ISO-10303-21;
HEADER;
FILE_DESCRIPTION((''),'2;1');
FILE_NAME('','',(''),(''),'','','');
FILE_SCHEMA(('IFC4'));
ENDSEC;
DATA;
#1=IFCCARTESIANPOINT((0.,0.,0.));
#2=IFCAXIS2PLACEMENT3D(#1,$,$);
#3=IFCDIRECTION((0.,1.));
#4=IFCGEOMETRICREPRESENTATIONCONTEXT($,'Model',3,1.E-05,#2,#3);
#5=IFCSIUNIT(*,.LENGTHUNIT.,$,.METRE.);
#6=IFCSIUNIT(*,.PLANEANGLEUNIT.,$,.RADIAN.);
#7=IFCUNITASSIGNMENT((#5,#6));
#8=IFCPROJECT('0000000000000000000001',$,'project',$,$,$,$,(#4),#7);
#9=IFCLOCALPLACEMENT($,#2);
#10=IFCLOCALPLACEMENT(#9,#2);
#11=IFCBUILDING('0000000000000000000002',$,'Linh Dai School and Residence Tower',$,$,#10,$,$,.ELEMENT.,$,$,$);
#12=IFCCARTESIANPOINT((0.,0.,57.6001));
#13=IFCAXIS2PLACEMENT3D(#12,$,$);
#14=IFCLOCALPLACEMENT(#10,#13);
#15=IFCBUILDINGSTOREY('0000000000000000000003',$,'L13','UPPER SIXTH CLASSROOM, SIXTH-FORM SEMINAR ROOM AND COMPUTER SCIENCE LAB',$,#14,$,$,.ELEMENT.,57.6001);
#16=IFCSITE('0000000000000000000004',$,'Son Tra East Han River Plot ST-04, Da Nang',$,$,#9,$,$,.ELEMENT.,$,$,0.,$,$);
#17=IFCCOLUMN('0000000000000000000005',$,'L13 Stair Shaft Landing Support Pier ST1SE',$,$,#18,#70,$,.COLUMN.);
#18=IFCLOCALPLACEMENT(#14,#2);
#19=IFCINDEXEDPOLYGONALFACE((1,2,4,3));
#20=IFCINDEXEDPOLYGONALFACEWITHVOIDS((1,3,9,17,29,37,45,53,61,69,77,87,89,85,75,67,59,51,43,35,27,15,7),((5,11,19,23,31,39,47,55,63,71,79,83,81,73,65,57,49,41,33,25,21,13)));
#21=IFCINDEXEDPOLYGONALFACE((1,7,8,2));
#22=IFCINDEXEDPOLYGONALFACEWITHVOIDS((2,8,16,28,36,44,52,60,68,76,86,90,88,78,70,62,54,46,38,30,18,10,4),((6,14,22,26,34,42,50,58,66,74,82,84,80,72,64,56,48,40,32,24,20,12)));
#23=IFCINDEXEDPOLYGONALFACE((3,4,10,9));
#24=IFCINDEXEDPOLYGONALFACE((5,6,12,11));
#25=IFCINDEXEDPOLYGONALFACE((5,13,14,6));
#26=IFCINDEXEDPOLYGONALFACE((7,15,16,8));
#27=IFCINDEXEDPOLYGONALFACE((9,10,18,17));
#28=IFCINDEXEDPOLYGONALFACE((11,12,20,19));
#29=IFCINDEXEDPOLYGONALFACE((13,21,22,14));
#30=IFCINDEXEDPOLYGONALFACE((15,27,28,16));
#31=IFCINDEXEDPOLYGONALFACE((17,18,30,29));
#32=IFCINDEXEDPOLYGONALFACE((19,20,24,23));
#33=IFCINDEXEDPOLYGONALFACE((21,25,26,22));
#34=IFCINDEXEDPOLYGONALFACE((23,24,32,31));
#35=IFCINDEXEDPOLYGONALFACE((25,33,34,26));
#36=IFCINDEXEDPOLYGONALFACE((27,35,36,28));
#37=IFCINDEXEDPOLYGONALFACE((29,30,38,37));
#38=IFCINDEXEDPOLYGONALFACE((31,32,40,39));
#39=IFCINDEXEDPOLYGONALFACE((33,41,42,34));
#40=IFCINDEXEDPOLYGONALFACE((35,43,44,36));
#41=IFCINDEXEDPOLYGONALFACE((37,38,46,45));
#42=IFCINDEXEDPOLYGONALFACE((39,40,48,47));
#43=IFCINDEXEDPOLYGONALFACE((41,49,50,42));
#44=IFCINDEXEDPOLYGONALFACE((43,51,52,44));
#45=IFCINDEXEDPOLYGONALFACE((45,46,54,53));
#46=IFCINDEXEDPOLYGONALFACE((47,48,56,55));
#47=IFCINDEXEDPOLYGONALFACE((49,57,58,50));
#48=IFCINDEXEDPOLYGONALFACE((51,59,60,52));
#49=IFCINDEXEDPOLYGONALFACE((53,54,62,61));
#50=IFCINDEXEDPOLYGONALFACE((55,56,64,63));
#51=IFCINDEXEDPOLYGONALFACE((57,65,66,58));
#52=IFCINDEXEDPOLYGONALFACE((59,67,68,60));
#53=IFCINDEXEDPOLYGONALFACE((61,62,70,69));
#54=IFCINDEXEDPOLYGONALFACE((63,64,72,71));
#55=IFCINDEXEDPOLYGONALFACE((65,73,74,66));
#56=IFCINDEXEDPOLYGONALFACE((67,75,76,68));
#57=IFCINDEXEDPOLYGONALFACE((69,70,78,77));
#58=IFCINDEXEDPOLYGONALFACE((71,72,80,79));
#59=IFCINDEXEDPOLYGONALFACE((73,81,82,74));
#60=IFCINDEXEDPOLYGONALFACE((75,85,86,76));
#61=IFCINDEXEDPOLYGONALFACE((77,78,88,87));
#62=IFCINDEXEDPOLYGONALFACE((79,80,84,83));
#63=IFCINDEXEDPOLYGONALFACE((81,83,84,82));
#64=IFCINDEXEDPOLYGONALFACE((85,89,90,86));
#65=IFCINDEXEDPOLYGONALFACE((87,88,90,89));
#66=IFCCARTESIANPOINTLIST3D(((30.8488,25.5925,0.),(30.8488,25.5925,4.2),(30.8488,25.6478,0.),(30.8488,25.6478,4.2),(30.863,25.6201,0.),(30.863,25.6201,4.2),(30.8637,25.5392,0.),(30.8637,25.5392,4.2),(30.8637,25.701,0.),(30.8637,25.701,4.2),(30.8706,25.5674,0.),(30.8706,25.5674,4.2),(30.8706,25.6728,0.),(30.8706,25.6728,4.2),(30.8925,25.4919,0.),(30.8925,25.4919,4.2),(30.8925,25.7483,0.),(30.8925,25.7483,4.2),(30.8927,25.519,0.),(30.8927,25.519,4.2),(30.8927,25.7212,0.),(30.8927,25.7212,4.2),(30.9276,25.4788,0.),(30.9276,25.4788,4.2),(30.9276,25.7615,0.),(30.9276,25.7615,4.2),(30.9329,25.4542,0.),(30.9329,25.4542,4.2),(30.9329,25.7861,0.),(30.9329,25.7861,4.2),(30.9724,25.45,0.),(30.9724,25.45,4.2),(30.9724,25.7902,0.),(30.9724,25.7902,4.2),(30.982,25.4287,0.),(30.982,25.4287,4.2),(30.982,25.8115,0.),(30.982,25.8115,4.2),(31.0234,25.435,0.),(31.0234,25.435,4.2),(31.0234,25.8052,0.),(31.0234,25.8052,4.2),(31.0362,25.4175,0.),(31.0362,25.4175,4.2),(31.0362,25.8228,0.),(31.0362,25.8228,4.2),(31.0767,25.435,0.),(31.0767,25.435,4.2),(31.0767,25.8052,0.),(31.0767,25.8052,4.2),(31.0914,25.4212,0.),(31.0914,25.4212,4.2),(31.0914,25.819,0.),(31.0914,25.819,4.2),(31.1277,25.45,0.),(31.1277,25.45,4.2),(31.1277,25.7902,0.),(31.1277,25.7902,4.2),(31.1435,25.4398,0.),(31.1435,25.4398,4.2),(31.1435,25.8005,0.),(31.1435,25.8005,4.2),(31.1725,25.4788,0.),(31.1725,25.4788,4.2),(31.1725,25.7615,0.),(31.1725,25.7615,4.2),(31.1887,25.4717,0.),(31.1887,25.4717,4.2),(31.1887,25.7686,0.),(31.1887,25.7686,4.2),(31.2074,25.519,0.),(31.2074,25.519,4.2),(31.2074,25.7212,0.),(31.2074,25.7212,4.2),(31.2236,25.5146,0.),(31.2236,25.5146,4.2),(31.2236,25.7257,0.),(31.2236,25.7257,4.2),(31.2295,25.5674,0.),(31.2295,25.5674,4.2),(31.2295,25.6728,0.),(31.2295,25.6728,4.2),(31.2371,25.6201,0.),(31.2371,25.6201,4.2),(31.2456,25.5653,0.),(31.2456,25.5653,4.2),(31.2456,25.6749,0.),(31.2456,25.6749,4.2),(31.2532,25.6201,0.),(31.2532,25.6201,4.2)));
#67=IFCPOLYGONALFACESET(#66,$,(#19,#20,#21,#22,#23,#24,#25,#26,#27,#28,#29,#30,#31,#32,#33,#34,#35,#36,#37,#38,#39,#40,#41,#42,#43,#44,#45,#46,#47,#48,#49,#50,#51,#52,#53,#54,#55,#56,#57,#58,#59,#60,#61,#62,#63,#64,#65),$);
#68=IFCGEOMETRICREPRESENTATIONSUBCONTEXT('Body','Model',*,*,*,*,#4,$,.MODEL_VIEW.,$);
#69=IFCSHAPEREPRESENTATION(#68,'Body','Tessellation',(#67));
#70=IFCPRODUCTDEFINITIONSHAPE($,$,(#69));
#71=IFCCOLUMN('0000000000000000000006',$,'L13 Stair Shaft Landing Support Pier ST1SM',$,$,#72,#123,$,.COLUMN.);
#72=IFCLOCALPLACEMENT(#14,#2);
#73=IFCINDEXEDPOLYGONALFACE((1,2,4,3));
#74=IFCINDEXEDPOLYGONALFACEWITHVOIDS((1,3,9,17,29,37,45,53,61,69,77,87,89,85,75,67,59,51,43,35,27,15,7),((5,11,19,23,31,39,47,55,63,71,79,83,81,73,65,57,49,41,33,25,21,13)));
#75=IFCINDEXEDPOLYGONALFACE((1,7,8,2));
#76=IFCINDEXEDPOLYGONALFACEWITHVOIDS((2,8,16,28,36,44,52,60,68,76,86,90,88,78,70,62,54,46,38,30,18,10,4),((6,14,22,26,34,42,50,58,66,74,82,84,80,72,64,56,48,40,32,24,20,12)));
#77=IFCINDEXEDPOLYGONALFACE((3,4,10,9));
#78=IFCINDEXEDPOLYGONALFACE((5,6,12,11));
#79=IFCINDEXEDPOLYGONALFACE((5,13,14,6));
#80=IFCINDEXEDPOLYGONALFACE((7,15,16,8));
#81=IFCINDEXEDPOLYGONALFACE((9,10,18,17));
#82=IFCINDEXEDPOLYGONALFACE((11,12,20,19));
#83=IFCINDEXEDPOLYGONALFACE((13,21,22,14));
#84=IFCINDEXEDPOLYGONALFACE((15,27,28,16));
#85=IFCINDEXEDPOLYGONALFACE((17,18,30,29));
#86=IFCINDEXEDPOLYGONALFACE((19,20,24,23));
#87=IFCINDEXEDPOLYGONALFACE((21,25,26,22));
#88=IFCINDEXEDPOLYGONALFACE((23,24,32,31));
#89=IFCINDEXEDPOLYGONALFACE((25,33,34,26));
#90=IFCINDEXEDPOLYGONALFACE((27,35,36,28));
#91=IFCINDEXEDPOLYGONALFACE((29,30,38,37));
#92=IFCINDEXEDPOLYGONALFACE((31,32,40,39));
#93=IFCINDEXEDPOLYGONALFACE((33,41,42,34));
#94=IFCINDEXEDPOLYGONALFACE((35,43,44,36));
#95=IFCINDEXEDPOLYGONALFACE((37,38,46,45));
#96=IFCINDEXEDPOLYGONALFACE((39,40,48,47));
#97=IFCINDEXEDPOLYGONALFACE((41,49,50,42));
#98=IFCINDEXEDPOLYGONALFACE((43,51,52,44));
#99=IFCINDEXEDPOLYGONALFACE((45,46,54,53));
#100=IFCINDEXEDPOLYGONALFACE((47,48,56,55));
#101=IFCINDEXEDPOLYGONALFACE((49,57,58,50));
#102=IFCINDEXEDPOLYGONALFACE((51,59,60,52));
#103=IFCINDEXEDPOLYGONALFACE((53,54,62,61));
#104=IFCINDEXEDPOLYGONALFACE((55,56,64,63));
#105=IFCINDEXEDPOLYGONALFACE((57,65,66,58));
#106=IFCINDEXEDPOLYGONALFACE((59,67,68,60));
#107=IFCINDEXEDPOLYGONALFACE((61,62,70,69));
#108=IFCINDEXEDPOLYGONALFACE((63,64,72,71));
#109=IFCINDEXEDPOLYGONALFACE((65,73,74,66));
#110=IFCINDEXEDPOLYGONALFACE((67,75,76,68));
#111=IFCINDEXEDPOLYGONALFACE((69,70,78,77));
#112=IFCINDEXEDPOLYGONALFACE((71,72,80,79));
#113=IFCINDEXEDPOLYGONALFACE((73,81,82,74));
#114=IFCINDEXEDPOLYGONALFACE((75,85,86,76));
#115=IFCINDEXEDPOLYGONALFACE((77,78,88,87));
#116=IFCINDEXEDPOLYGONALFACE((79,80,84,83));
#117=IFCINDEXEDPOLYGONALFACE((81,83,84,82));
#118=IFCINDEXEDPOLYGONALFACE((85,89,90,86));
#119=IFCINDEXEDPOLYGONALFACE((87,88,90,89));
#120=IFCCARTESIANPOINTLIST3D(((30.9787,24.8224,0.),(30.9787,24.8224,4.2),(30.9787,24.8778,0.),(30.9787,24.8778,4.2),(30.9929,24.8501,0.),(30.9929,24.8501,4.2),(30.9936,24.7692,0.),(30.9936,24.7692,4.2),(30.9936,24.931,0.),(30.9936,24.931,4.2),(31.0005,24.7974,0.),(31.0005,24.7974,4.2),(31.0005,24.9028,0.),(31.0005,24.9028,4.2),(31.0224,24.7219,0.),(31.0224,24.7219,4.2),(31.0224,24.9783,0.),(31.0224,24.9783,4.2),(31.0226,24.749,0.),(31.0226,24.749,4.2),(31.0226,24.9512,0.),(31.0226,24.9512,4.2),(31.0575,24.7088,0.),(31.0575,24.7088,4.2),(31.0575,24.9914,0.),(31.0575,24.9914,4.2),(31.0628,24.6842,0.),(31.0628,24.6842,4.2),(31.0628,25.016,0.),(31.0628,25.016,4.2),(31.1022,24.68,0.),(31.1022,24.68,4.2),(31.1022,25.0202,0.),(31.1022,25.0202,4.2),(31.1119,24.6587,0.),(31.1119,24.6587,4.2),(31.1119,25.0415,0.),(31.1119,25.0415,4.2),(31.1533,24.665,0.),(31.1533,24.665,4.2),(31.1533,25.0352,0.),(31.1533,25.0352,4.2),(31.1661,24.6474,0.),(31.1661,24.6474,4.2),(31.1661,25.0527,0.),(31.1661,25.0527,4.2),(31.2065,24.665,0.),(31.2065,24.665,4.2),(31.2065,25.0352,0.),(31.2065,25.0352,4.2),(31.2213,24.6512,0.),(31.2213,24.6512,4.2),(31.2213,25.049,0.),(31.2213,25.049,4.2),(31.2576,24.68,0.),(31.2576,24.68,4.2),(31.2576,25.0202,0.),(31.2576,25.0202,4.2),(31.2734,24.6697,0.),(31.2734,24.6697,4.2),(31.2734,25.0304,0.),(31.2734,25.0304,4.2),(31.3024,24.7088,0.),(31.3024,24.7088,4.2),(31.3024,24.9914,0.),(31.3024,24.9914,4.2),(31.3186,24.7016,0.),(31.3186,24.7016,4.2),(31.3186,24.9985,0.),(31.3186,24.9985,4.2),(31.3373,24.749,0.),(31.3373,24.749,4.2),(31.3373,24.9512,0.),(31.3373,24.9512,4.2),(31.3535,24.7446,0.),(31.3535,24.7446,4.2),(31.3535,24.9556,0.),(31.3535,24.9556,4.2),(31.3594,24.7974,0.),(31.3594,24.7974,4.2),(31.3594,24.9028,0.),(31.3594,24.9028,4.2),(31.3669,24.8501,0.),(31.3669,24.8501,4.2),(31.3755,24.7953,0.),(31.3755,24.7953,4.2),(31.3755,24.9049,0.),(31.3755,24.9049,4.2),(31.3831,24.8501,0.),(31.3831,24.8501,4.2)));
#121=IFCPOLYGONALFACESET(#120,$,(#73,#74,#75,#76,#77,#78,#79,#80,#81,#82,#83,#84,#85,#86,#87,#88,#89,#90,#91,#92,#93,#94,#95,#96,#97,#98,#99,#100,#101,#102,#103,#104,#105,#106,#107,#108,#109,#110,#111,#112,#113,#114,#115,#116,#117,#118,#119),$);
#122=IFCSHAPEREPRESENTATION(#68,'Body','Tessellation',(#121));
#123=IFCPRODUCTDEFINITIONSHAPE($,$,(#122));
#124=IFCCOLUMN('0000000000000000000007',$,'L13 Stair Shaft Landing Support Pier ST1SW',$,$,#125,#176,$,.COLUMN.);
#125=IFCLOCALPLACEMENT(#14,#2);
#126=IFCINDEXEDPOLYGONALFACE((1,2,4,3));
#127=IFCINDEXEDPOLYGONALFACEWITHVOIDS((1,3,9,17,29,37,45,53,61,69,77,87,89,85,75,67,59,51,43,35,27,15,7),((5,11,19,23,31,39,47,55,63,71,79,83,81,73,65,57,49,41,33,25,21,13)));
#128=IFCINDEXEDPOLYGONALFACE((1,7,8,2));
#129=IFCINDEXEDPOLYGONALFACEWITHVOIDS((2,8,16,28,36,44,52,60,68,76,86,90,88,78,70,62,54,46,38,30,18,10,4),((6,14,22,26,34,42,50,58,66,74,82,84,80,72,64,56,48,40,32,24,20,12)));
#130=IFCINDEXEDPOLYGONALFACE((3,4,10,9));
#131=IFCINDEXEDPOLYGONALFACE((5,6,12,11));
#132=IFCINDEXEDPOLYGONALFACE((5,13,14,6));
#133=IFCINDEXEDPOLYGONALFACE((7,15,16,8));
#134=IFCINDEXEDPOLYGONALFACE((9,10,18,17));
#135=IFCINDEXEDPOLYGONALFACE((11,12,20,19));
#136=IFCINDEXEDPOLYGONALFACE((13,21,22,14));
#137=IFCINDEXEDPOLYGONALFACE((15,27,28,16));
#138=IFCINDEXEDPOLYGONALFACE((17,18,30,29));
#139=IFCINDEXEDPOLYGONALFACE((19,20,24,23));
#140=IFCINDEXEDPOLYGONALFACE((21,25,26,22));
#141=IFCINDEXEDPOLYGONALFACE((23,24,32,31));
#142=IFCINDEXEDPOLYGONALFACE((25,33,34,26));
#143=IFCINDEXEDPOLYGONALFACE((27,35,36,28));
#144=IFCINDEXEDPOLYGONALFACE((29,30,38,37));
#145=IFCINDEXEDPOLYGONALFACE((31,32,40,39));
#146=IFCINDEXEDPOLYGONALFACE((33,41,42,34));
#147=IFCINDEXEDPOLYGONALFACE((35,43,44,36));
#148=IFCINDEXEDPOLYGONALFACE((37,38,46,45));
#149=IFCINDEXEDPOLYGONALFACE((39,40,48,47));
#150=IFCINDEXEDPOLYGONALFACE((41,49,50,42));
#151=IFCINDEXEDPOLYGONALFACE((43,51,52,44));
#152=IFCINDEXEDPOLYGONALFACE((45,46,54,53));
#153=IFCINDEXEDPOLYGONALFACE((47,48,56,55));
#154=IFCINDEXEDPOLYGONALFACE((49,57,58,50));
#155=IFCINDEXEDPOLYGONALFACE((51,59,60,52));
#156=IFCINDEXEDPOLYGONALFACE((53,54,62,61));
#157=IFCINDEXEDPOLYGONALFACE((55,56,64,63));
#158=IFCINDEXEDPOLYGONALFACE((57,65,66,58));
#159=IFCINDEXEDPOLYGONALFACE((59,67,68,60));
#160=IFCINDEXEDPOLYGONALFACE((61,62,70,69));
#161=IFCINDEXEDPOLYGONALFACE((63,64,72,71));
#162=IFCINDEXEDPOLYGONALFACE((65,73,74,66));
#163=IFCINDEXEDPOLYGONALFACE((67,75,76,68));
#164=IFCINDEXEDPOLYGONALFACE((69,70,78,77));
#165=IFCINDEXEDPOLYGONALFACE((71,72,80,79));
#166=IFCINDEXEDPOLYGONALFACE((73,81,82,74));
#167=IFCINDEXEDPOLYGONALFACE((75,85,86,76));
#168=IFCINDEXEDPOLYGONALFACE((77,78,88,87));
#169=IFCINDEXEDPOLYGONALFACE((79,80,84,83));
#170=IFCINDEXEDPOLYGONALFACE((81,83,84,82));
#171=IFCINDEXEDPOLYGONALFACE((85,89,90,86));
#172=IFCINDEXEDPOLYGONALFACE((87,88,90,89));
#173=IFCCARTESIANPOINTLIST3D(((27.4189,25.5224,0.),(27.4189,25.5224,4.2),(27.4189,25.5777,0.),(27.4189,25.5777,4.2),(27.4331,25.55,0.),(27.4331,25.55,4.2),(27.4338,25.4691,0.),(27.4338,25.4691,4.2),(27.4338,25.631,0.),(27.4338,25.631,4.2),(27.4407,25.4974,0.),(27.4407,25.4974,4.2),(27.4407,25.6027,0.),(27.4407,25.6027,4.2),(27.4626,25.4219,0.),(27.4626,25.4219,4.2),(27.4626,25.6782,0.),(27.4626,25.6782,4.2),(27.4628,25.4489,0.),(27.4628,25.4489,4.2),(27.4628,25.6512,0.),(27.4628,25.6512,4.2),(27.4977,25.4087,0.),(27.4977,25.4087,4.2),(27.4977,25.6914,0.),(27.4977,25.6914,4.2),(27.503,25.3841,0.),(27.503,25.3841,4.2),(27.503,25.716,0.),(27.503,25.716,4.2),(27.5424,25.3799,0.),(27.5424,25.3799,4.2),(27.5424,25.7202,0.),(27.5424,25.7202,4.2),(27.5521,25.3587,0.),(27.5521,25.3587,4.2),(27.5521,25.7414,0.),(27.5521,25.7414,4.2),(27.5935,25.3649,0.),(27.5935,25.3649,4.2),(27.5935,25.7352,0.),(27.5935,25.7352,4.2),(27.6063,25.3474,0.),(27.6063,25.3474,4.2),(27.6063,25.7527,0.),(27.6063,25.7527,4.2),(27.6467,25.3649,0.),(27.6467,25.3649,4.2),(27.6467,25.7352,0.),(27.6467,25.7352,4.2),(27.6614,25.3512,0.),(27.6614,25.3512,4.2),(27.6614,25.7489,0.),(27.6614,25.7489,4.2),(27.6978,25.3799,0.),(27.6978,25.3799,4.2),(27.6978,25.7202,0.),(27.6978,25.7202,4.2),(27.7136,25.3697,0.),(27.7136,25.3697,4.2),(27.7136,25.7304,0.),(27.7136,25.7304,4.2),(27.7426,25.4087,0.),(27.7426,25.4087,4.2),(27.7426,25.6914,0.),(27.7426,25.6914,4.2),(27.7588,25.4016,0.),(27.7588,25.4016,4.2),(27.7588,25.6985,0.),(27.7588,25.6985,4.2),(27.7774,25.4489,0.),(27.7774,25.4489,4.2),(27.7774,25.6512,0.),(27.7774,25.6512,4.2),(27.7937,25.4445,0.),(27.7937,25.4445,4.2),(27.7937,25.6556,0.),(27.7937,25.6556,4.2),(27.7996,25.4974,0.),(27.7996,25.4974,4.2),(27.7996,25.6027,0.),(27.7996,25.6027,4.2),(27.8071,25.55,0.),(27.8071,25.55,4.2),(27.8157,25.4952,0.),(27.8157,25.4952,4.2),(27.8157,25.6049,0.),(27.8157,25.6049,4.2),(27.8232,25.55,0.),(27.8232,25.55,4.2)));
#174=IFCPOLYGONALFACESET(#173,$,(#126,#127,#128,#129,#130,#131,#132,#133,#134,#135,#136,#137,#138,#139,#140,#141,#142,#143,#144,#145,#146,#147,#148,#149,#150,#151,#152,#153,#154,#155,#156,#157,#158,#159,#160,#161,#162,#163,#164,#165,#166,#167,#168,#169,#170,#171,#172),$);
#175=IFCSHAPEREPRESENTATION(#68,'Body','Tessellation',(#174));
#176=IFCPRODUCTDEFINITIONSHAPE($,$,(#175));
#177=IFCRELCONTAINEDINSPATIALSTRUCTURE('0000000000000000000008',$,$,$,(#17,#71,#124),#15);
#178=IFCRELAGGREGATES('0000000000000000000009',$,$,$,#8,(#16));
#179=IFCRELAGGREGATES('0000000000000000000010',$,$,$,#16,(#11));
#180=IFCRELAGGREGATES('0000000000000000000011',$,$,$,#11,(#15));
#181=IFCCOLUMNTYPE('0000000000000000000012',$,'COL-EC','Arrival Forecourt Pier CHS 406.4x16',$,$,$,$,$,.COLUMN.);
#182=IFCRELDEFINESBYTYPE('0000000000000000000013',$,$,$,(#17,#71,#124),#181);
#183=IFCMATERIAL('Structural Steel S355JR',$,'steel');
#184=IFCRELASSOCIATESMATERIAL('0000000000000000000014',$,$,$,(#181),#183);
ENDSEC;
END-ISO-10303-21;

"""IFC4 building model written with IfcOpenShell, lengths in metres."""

from ifc_helpers import new_model, si_unit, direction, frame, origin, origin_2d, place, context, subcontext, project, spatial, hollow_circle, extrude, material, material_profile, profile_set, type_object, element, save


model = new_model("IFC4")

# Units and contexts
model_context = context("Model", 3, precision=1e-05, world=origin(), true_north=direction((0.0, 1.0)))
body_context = subcontext(model_context, "Body", "Model", "MODEL_VIEW")
ifc_project = project(units=[si_unit("LENGTHUNIT", "METRE"), si_unit("PLANEANGLEUNIT", "RADIAN")], contexts=[model_context])

# Site, building, storey
site_placement = place(None, origin())
site = spatial("IfcSite", under=ifc_project, at=site_placement, Name="Son Tra East Han River Plot ST-04, Da Nang", CompositionType="ELEMENT", RefElevation=0.0)
building_placement = place(site_placement, origin())
building = spatial("IfcBuilding", under=site, at=building_placement, Name="Linh Dai School and Residence Tower", CompositionType="ELEMENT")
storey_placement = place(building_placement, frame((0.0, 0.0, 57.6001)))
storey = spatial("IfcBuildingStorey", under=building, at=storey_placement, Name="L13", Description="UPPER SIXTH CLASSROOM, SIXTH-FORM SEMINAR ROOM AND COMPUTER SCIENCE LAB", CompositionType="ELEMENT", Elevation=57.6001)

# Columns
ifc_material_1 = material(Name="Structural Steel S355JR", Category="steel")
ifc_material_profile_1 = material_profile(ifc_material_1, hollow_circle(Radius=0.2031, WallThickness=0.0161, at=origin_2d()), Name="CHS 406.4x16")
ifc_profile_set_1 = profile_set([ifc_material_profile_1], Name="Structural Steel S355JR")
column_type = type_object("IfcColumnType", Name="COL-EC", Description="Arrival Forecourt Pier CHS 406.4x16", PredefinedType="COLUMN", material=ifc_profile_set_1)
for number, where, z_axis, x_axis, name in (
    (1, (31.05, 25.6201, 0.0), (0.0, 0.0, 1.0), (1.0, 0.0, 0.0), "L13 Stair Shaft Landing Support Pier ST1SE"),
    (2, (31.1799, 24.8501, 0.0), (0.0, 0.0, 1.0), (1.0, 0.0, 0.0), "L13 Stair Shaft Landing Support Pier ST1SM"),
    (3, (27.6201, 25.55, 0.0), (0.0, 0.0, 1.0), (1.0, 0.0, 0.0), "L13 Stair Shaft Landing Support Pier ST1SW"),
):
    element("IfcColumn", number, at=place(storey_placement, frame(where, z_axis=z_axis, x_axis=x_axis)), inside=storey, type_object=column_type, Name=name, PredefinedType="COLUMN", context=body_context, shape_type="SweptSolid", body=[
        extrude(hollow_circle(Radius=0.2031, WallThickness=0.0161, at=origin_2d()), origin(), (0.0, 0.0, 1.0), 4.2),
    ])

save(model, "model.ifc")
